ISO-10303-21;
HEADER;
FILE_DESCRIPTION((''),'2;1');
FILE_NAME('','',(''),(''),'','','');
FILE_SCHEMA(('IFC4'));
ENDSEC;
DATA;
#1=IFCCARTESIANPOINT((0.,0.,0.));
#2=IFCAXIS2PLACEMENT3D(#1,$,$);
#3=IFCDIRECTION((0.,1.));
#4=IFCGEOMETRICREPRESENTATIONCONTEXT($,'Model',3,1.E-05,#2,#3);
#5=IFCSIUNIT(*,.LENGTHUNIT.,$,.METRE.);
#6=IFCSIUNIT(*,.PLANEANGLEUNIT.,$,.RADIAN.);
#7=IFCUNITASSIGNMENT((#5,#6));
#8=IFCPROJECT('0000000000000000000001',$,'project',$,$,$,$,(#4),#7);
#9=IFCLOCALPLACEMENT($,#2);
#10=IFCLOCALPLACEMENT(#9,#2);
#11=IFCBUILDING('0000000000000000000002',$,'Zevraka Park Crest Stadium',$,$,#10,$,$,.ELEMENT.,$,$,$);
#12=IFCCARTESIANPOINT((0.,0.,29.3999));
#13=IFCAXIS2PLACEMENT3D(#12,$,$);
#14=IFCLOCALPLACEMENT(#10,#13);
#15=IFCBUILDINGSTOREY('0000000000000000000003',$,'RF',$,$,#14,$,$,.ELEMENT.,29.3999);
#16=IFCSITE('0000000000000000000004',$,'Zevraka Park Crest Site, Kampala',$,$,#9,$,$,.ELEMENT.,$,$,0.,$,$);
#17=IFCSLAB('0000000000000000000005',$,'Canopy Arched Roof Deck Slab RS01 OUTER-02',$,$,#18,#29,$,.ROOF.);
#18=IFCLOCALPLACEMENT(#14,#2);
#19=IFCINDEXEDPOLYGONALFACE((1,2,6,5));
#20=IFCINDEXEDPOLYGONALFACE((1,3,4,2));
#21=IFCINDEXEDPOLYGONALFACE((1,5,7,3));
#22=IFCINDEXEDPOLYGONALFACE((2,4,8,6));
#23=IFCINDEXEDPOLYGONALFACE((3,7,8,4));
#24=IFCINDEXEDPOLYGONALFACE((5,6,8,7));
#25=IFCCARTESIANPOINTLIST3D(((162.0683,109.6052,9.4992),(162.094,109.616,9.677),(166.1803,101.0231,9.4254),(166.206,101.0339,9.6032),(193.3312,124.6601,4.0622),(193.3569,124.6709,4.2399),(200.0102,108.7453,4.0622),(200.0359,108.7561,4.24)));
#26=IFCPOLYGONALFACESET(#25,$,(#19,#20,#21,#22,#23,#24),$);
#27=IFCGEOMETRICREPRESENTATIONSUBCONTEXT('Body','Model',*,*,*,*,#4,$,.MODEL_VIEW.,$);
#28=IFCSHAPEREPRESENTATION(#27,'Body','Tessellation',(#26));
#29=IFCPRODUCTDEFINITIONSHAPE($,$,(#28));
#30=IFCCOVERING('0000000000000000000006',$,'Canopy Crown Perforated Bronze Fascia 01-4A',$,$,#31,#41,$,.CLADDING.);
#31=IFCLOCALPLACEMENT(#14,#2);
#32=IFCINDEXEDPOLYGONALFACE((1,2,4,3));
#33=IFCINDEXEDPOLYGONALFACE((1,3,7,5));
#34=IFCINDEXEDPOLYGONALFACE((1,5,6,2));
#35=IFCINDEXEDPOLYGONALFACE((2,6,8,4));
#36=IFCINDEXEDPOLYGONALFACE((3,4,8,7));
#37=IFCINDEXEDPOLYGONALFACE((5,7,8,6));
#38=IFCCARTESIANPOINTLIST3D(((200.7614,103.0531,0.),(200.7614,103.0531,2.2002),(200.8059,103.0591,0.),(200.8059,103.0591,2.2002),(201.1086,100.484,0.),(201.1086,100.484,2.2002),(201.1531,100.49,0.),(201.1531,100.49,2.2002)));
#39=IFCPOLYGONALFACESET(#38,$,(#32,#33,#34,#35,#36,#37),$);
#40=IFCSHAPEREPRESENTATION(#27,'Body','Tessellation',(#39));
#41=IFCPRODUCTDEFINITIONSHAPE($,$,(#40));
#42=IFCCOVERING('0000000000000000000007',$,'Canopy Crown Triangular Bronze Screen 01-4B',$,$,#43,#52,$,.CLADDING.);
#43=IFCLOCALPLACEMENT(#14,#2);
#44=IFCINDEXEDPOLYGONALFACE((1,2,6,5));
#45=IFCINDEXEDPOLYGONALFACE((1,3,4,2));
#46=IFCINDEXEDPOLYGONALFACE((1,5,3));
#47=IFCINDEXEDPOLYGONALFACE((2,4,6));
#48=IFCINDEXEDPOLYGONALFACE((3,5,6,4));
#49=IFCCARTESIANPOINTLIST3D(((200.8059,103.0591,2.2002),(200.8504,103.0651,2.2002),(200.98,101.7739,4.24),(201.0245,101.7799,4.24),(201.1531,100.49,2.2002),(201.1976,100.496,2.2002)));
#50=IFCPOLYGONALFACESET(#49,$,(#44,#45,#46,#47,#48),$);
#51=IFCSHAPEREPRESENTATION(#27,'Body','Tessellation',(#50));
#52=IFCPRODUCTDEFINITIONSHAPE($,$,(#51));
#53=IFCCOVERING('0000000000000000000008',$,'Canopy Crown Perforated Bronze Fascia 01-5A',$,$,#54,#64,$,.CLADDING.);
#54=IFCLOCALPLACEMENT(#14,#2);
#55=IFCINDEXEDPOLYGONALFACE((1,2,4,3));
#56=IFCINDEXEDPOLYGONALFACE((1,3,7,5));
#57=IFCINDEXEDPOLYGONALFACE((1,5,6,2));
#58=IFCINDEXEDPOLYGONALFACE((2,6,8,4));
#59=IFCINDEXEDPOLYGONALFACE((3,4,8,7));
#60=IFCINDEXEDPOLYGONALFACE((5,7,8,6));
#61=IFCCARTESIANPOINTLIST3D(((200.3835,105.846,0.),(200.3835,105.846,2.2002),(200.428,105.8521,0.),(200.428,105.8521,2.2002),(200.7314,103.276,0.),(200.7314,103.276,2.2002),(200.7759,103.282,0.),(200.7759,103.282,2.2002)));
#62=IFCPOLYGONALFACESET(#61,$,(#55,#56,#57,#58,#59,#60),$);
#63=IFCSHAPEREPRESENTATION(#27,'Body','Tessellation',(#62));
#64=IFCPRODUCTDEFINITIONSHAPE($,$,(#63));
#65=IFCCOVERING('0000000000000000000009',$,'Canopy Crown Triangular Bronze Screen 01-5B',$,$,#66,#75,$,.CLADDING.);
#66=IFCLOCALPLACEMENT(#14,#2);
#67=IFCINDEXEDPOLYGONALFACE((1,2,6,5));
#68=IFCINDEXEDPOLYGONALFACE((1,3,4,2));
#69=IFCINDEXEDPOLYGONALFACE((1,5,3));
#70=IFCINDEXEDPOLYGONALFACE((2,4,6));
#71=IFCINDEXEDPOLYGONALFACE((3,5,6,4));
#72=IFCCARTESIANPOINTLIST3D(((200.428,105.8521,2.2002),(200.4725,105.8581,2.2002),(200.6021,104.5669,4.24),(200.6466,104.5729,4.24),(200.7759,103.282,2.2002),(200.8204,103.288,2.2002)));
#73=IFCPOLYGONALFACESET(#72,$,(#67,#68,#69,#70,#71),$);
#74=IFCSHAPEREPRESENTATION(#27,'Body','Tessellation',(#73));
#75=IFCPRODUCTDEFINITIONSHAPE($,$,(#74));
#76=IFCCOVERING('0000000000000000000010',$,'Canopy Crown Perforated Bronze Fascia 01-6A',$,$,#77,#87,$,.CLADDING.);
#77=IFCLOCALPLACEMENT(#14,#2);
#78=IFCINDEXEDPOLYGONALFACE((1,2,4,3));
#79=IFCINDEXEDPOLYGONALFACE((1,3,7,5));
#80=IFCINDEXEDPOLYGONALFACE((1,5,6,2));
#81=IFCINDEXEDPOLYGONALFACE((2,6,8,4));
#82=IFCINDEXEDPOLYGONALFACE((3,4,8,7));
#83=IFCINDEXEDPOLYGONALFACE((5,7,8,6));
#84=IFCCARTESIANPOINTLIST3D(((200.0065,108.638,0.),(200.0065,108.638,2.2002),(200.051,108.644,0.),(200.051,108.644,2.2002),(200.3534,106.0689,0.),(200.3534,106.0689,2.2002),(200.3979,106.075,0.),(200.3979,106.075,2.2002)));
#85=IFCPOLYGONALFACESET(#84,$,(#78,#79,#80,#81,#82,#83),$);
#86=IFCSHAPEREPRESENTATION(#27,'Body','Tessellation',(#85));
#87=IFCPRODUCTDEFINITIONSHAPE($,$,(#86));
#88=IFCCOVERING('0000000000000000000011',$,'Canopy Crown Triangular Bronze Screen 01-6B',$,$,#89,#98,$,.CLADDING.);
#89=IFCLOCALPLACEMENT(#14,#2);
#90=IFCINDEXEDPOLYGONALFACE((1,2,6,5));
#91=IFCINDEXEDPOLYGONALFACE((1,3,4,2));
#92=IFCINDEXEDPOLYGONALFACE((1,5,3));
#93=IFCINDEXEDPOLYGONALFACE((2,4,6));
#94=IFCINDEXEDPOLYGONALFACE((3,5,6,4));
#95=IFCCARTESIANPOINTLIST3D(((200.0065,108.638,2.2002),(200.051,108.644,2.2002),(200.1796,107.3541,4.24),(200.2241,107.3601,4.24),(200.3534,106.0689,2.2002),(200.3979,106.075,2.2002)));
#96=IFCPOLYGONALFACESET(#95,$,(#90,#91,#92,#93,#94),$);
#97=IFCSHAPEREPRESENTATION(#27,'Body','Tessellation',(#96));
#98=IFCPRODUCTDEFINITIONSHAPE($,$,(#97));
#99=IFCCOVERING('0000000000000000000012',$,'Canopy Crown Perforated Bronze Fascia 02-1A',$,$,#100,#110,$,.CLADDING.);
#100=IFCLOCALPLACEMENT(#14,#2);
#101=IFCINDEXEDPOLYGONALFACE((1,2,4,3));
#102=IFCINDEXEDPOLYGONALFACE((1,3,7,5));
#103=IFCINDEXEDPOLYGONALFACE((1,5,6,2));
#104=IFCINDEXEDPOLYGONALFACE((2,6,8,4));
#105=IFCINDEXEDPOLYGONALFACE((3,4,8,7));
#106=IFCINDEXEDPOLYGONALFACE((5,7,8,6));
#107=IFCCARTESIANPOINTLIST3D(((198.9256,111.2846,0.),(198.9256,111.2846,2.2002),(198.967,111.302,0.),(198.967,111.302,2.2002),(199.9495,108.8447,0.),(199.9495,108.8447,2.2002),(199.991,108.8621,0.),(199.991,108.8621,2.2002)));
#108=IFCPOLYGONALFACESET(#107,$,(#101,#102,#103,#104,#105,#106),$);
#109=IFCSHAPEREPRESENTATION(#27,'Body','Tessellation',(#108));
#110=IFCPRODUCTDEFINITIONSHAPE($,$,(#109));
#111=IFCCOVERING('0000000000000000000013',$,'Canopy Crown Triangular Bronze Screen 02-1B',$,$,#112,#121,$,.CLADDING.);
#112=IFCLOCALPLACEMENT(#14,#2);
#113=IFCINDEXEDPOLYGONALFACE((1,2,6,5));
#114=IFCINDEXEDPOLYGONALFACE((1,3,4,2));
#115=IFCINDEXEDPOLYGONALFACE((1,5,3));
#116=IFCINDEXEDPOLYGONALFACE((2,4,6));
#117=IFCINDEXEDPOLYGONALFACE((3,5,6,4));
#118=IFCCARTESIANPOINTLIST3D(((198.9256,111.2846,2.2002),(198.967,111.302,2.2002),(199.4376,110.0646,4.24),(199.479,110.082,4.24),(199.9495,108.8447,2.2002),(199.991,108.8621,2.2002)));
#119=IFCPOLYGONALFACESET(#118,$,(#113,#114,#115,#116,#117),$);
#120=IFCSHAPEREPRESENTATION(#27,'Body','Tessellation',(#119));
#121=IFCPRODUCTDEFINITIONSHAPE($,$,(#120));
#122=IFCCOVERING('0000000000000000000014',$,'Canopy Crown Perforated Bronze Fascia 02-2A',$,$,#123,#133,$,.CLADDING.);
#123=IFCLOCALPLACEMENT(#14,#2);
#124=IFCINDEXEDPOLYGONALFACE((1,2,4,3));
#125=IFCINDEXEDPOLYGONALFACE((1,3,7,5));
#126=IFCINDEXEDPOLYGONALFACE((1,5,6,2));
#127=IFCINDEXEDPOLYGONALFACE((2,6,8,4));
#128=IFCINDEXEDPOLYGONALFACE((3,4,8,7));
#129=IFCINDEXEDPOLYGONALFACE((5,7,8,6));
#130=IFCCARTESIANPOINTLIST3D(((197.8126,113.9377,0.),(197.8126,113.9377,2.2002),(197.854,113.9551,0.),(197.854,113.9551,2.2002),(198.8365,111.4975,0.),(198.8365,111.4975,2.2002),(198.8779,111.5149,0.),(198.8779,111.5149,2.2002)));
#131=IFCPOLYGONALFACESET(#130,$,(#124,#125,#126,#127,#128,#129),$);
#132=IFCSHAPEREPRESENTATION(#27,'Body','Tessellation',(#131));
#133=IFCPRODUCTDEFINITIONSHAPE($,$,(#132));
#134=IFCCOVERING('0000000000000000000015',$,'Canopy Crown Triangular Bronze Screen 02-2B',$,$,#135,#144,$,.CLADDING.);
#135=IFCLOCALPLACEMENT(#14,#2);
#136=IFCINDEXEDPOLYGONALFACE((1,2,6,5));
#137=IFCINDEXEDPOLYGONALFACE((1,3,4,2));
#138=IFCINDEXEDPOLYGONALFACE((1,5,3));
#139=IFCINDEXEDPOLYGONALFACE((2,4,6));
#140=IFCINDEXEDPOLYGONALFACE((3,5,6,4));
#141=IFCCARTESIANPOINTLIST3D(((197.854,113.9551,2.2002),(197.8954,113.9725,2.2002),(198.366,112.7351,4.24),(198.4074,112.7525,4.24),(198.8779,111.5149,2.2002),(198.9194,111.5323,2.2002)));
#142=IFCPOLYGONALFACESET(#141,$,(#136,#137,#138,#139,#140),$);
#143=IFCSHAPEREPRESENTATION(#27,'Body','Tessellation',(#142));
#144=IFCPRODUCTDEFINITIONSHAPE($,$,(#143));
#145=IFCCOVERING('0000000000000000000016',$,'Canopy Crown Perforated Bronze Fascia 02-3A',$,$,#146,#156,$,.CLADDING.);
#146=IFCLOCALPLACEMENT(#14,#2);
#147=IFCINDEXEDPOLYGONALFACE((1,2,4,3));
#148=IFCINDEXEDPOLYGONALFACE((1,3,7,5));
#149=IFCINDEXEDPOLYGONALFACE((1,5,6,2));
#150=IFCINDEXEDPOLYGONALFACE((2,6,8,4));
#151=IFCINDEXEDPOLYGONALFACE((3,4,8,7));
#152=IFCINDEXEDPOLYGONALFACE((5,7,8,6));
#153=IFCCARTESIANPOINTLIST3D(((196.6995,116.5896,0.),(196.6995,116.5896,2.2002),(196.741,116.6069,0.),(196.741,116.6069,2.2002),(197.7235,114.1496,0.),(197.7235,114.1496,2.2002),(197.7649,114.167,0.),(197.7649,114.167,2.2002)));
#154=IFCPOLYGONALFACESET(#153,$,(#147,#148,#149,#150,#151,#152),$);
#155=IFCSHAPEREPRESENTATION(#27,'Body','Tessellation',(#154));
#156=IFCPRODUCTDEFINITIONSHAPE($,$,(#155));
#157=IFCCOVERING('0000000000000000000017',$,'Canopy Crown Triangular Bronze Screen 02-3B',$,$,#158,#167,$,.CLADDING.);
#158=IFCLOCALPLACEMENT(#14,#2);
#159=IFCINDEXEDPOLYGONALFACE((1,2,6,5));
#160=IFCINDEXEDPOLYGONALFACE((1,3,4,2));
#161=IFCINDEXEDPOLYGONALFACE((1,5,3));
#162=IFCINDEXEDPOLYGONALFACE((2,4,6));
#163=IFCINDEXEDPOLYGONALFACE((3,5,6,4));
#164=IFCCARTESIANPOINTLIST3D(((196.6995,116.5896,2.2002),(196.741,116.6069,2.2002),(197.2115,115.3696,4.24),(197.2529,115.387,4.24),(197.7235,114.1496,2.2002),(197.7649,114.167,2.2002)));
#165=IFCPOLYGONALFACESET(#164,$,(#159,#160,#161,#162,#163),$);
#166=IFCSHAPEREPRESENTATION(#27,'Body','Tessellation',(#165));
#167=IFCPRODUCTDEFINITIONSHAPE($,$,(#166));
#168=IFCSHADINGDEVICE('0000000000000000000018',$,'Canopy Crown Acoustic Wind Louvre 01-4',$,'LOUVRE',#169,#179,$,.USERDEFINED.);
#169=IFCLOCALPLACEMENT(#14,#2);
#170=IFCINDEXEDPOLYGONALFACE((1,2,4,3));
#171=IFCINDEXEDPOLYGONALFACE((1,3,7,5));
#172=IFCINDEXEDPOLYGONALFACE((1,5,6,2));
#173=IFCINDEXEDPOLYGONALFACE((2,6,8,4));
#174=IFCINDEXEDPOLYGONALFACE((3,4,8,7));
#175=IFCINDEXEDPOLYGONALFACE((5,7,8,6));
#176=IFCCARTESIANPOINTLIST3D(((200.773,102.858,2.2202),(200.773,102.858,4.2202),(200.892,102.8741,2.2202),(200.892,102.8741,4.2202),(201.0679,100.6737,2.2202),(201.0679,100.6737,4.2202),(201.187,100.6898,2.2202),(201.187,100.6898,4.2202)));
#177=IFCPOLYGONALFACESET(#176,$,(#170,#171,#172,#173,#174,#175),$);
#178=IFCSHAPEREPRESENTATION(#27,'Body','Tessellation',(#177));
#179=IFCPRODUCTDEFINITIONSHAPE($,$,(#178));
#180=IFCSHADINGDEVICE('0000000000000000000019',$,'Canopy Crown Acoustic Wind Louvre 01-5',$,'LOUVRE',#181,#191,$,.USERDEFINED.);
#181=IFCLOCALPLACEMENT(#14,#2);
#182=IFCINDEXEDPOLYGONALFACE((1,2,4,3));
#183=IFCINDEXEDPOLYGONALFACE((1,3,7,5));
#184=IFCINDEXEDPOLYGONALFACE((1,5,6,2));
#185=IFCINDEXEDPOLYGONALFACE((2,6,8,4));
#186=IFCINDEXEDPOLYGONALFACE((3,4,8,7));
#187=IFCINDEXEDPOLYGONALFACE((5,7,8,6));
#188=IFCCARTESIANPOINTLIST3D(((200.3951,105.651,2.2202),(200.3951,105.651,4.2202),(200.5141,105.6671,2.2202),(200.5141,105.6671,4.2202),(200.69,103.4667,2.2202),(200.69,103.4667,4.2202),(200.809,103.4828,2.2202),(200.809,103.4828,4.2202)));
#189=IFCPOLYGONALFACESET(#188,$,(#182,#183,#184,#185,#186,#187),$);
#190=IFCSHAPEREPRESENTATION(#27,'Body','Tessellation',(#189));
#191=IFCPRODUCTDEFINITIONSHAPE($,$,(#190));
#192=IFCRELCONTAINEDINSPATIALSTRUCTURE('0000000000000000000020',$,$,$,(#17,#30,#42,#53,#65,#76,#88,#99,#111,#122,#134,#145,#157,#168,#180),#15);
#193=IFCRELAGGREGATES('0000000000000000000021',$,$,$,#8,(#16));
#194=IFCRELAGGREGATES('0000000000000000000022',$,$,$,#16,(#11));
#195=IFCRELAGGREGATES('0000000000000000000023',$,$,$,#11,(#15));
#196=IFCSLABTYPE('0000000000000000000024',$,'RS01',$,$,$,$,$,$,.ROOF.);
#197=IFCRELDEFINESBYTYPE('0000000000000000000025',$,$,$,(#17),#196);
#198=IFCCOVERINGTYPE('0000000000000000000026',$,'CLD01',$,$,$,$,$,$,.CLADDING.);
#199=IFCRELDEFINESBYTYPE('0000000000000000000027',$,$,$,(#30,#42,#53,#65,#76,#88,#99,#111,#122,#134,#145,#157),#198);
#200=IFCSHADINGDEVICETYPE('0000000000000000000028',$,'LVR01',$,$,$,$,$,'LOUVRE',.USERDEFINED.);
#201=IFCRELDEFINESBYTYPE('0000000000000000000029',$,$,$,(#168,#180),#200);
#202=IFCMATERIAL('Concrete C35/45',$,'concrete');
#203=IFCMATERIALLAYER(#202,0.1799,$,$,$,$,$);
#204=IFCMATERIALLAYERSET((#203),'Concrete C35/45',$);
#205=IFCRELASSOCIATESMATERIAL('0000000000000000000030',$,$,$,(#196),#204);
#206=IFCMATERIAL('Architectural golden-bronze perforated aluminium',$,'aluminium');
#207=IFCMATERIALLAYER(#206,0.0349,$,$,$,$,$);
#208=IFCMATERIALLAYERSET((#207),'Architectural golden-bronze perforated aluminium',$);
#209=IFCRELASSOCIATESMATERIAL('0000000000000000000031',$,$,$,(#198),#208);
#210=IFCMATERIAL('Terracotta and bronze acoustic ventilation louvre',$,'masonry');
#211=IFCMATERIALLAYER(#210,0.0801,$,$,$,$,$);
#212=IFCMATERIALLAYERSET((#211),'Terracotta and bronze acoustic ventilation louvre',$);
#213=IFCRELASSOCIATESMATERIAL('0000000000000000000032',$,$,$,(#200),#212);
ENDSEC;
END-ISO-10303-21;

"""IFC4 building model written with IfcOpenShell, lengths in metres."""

from ifc_helpers import new_model, si_unit, direction, frame, origin, origin_2d, place, context, subcontext, project, spatial, polyline, rectangle, outline, extrude, material, layer, layer_set, type_object, element, save


model = new_model("IFC4")

# Units and contexts
model_context = context("Model", 3, precision=1e-05, world=origin(), true_north=direction((0.0, 1.0)))
body_context = subcontext(model_context, "Body", "Model", "MODEL_VIEW")
ifc_project = project(units=[si_unit("LENGTHUNIT", "METRE"), si_unit("PLANEANGLEUNIT", "RADIAN")], contexts=[model_context])

# Site, building, storey
site_placement = place(None, origin())
site = spatial("IfcSite", under=ifc_project, at=site_placement, Name="Zevraka Park Crest Site, Kampala", CompositionType="ELEMENT", RefElevation=0.0)
building_placement = place(site_placement, origin())
building = spatial("IfcBuilding", under=site, at=building_placement, Name="Zevraka Park Crest Stadium", CompositionType="ELEMENT")
storey_placement = place(building_placement, frame((0.0, 0.0, 29.3999)))
storey = spatial("IfcBuildingStorey", under=building, at=storey_placement, Name="RF", CompositionType="ELEMENT", Elevation=29.3999)

# Slab
ifc_material_1 = material(Name="Concrete C35/45", Category="concrete")
ifc_layer_1 = layer(ifc_material_1, 0.1799)
ifc_layer_set_1 = layer_set([ifc_layer_1], Name="Concrete C35/45")
slab_type = type_object("IfcSlabType", Name="RS01", PredefinedType="ROOF", material=ifc_layer_set_1)
slab_placement = place(storey_placement, frame((200.0359, 108.7561, 4.24), z_axis=(0.142926, 0.059986, 0.987914), x_axis=(-0.386974, 0.922091, -0.000004)))
element("IfcSlab", 1, at=slab_placement, inside=storey, type_object=slab_type, Name="Canopy Arched Roof Deck Slab RS01 OUTER-02", PredefinedType="ROOF", context=body_context, shape_type="SweptSolid", body=[
    extrude(outline(polyline([(0.0, 0.0), (17.2595, 0.0), (15.4754, 35.0771), (5.9707, 34.6007), (0.0, 0.0)])), origin(), (0.0, 0.0, -1.0), 0.1799),
])

# Coverings
ifc_material_2 = material(Name="Architectural golden-bronze perforated aluminium", Category="aluminium")
ifc_layer_2 = layer(ifc_material_2, 0.0349)
ifc_layer_set_2 = layer_set([ifc_layer_2], Name="Architectural golden-bronze perforated aluminium")
covering_type_1 = type_object("IfcCoveringType", Name="CLD01", PredefinedType="CLADDING", material=ifc_layer_set_2)
covering_1_placement = place(storey_placement, frame((201.1531, 100.49, 0.0), z_axis=(0.990993, 0.133915, 0.0), x_axis=(-0.133915, 0.990993, 0.0)))
element("IfcCovering", 2, at=covering_1_placement, inside=storey, type_object=covering_type_1, Name="Canopy Crown Perforated Bronze Fascia 01-4A", PredefinedType="CLADDING", context=body_context, shape_type="SweptSolid", body=[
    extrude(outline(polyline([(0.0, 0.0), (2.5924, 0.0), (2.5924, 2.2002), (0.0, 2.2002), (0.0, 0.0)])), origin(), (0.0, 0.0, -1.0), 0.0449),
])
covering_2_placement = place(storey_placement, frame((201.1531, 100.49, 2.2002), z_axis=(-0.990993, -0.133915, 0.000197), x_axis=(-0.133915, 0.990993, 0.0)))
element("IfcCovering", 3, at=covering_2_placement, inside=storey, type_object=covering_type_1, Name="Canopy Crown Triangular Bronze Screen 01-4B", PredefinedType="CLADDING", context=body_context, shape_type="SweptSolid", body=[
    extrude(outline(polyline([(0.0, 0.0), (2.5924, 0.0), (1.2956, -2.0398), (0.0, 0.0)])), origin(), (0.0, 0.0, -1.0), 0.0449),
])
covering_3_placement = place(storey_placement, frame((200.7759, 103.282, 0.0), z_axis=(0.990962, 0.134143, 0.0), x_axis=(-0.134143, 0.990962, 0.0)))
element("IfcCovering", 4, at=covering_3_placement, inside=storey, type_object=covering_type_1, Name="Canopy Crown Perforated Bronze Fascia 01-5A", PredefinedType="CLADDING", context=body_context, shape_type="SweptSolid", body=[
    extrude(outline(polyline([(0.0, 0.0), (2.5935, 0.0), (2.5935, 2.2002), (0.0, 2.2002), (0.0, 0.0)])), origin(), (0.0, 0.0, -1.0), 0.0449),
])
covering_4_placement = place(storey_placement, frame((200.7759, 103.282, 2.2002), z_axis=(-0.990962, -0.134143, 0.000051), x_axis=(-0.134143, 0.990962, 0.0)))
element("IfcCovering", 5, at=covering_4_placement, inside=storey, type_object=covering_type_1, Name="Canopy Crown Triangular Bronze Screen 01-5B", PredefinedType="CLADDING", context=body_context, shape_type="SweptSolid", body=[
    extrude(outline(polyline([(0.0, 0.0), (2.5935, 0.0), (1.2966, -2.0398), (0.0, 0.0)])), origin(), (0.0, 0.0, -1.0), 0.0449),
])
covering_5_placement = place(storey_placement, frame((200.3979, 106.075, 0.0), z_axis=(0.991005, 0.133823, 0.0), x_axis=(-0.133823, 0.991005, 0.0)))
element("IfcCovering", 6, at=covering_5_placement, inside=storey, type_object=covering_type_1, Name="Canopy Crown Perforated Bronze Fascia 01-6A", PredefinedType="CLADDING", context=body_context, shape_type="SweptSolid", body=[
    extrude(outline(polyline([(0.0, 0.0), (2.5924, 0.0), (2.5924, 2.2002), (0.0, 2.2002), (0.0, 0.0)])), origin(), (0.0, 0.0, -1.0), 0.0449),
])
covering_6_placement = place(storey_placement, frame((200.3979, 106.075, 2.2002), z_axis=(0.991005, 0.133823, 0.000138), x_axis=(-0.133823, 0.991005, 0.0)))
element("IfcCovering", 7, at=covering_6_placement, inside=storey, type_object=covering_type_1, Name="Canopy Crown Triangular Bronze Screen 01-6B", PredefinedType="CLADDING", context=body_context, shape_type="SweptSolid", body=[
    extrude(outline(polyline([(0.0, 0.0), (2.5924, 0.0), (1.2969, 2.0398), (0.0, 0.0)])), origin(), (0.0, 0.0, -1.0), 0.0449),
])
covering_7_placement = place(storey_placement, frame((199.991, 108.8621, 0.0), z_axis=(0.922097, 0.38696, 0.0), x_axis=(-0.38696, 0.922097, 0.0)))
element("IfcCovering", 8, at=covering_7_placement, inside=storey, type_object=covering_type_1, Name="Canopy Crown Perforated Bronze Fascia 02-1A", PredefinedType="CLADDING", context=body_context, shape_type="SweptSolid", body=[
    extrude(outline(polyline([(0.0, 0.0), (2.6461, 0.0), (2.6461, 2.2002), (0.0, 2.2002), (0.0, 0.0)])), origin(), (0.0, 0.0, -1.0), 0.0449),
])
covering_8_placement = place(storey_placement, frame((199.991, 108.8621, 2.2002), z_axis=(0.922097, 0.38696, 0.0), x_axis=(-0.38696, 0.922097, 0.0)))
element("IfcCovering", 9, at=covering_8_placement, inside=storey, type_object=covering_type_1, Name="Canopy Crown Triangular Bronze Screen 02-1B", PredefinedType="CLADDING", context=body_context, shape_type="SweptSolid", body=[
    extrude(outline(polyline([(0.0, 0.0), (2.6461, 0.0), (1.323, 2.0398), (0.0, 0.0)])), origin(), (0.0, 0.0, -1.0), 0.0449),
])
covering_9_placement = place(storey_placement, frame((198.8779, 111.5149, 0.0), z_axis=(0.922111, 0.386927, 0.0), x_axis=(-0.386927, 0.922111, 0.0)))
element("IfcCovering", 10, at=covering_9_placement, inside=storey, type_object=covering_type_1, Name="Canopy Crown Perforated Bronze Fascia 02-2A", PredefinedType="CLADDING", context=body_context, shape_type="SweptSolid", body=[
    extrude(outline(polyline([(0.0, 0.0), (2.6463, 0.0), (2.6463, 2.2002), (0.0, 2.2002), (0.0, 0.0)])), origin(), (0.0, 0.0, -1.0), 0.0449),
])
covering_10_placement = place(storey_placement, frame((198.8779, 111.5149, 2.2002), z_axis=(-0.922111, -0.386927, 0.000023), x_axis=(-0.386927, 0.922111, 0.0)))
element("IfcCovering", 11, at=covering_10_placement, inside=storey, type_object=covering_type_1, Name="Canopy Crown Triangular Bronze Screen 02-2B", PredefinedType="CLADDING", context=body_context, shape_type="SweptSolid", body=[
    extrude(outline(polyline([(0.0, 0.0), (2.6463, 0.0), (1.3233, -2.0398), (0.0, 0.0)])), origin(), (0.0, 0.0, -1.0), 0.0449),
])
covering_11_placement = place(storey_placement, frame((197.7649, 114.167, 0.0), z_axis=(0.922097, 0.38696, 0.0), x_axis=(-0.38696, 0.922097, 0.0)))
element("IfcCovering", 12, at=covering_11_placement, inside=storey, type_object=covering_type_1, Name="Canopy Crown Perforated Bronze Fascia 02-3A", PredefinedType="CLADDING", context=body_context, shape_type="SweptSolid", body=[
    extrude(outline(polyline([(0.0, 0.0), (2.6461, 0.0), (2.6461, 2.2002), (0.0, 2.2002), (0.0, 0.0)])), origin(), (0.0, 0.0, -1.0), 0.0449),
])
covering_12_placement = place(storey_placement, frame((197.7649, 114.167, 2.2002), z_axis=(0.922097, 0.38696, 0.0), x_axis=(-0.38696, 0.922097, 0.0)))
element("IfcCovering", 13, at=covering_12_placement, inside=storey, type_object=covering_type_1, Name="Canopy Crown Triangular Bronze Screen 02-3B", PredefinedType="CLADDING", context=body_context, shape_type="SweptSolid", body=[
    extrude(outline(polyline([(0.0, 0.0), (2.6461, 0.0), (1.323, 2.0398), (0.0, 0.0)])), origin(), (0.0, 0.0, -1.0), 0.0449),
])

# Shading devices
ifc_material_3 = material(Name="Terracotta and bronze acoustic ventilation louvre", Category="masonry")
ifc_layer_3 = layer(ifc_material_3, 0.0801)
ifc_layer_set_3 = layer_set([ifc_layer_3], Name="Terracotta and bronze acoustic ventilation louvre")
shading_device_type = type_object("IfcShadingDeviceType", Name="LVR01", ElementType="LOUVRE", PredefinedType="USERDEFINED", material=ifc_layer_set_3)
for number, where, z_axis, x_axis, name in (
    (14, (200.98, 101.7739, 2.2202), (0.0, 0.0, 1.0), (-0.133813, 0.991007, 0.0), "Canopy Crown Acoustic Wind Louvre 01-4"),
    (15, (200.6021, 104.5669, 2.2202), (0.0, 0.0, 1.0), (-0.133813, 0.991007, 0.0), "Canopy Crown Acoustic Wind Louvre 01-5"),
):
    element("IfcShadingDevice", number, at=place(storey_placement, frame(where, z_axis=z_axis, x_axis=x_axis)), inside=storey, type_object=shading_device_type, Name=name, ObjectType="LOUVRE", PredefinedType="USERDEFINED", context=body_context, shape_type="SweptSolid", body=[
        extrude(rectangle(XDim=2.2041, YDim=0.1201, at=origin_2d()), origin(), (0.0, 0.0, 1.0), 2.0),
    ])

save(model, "model.ifc")
